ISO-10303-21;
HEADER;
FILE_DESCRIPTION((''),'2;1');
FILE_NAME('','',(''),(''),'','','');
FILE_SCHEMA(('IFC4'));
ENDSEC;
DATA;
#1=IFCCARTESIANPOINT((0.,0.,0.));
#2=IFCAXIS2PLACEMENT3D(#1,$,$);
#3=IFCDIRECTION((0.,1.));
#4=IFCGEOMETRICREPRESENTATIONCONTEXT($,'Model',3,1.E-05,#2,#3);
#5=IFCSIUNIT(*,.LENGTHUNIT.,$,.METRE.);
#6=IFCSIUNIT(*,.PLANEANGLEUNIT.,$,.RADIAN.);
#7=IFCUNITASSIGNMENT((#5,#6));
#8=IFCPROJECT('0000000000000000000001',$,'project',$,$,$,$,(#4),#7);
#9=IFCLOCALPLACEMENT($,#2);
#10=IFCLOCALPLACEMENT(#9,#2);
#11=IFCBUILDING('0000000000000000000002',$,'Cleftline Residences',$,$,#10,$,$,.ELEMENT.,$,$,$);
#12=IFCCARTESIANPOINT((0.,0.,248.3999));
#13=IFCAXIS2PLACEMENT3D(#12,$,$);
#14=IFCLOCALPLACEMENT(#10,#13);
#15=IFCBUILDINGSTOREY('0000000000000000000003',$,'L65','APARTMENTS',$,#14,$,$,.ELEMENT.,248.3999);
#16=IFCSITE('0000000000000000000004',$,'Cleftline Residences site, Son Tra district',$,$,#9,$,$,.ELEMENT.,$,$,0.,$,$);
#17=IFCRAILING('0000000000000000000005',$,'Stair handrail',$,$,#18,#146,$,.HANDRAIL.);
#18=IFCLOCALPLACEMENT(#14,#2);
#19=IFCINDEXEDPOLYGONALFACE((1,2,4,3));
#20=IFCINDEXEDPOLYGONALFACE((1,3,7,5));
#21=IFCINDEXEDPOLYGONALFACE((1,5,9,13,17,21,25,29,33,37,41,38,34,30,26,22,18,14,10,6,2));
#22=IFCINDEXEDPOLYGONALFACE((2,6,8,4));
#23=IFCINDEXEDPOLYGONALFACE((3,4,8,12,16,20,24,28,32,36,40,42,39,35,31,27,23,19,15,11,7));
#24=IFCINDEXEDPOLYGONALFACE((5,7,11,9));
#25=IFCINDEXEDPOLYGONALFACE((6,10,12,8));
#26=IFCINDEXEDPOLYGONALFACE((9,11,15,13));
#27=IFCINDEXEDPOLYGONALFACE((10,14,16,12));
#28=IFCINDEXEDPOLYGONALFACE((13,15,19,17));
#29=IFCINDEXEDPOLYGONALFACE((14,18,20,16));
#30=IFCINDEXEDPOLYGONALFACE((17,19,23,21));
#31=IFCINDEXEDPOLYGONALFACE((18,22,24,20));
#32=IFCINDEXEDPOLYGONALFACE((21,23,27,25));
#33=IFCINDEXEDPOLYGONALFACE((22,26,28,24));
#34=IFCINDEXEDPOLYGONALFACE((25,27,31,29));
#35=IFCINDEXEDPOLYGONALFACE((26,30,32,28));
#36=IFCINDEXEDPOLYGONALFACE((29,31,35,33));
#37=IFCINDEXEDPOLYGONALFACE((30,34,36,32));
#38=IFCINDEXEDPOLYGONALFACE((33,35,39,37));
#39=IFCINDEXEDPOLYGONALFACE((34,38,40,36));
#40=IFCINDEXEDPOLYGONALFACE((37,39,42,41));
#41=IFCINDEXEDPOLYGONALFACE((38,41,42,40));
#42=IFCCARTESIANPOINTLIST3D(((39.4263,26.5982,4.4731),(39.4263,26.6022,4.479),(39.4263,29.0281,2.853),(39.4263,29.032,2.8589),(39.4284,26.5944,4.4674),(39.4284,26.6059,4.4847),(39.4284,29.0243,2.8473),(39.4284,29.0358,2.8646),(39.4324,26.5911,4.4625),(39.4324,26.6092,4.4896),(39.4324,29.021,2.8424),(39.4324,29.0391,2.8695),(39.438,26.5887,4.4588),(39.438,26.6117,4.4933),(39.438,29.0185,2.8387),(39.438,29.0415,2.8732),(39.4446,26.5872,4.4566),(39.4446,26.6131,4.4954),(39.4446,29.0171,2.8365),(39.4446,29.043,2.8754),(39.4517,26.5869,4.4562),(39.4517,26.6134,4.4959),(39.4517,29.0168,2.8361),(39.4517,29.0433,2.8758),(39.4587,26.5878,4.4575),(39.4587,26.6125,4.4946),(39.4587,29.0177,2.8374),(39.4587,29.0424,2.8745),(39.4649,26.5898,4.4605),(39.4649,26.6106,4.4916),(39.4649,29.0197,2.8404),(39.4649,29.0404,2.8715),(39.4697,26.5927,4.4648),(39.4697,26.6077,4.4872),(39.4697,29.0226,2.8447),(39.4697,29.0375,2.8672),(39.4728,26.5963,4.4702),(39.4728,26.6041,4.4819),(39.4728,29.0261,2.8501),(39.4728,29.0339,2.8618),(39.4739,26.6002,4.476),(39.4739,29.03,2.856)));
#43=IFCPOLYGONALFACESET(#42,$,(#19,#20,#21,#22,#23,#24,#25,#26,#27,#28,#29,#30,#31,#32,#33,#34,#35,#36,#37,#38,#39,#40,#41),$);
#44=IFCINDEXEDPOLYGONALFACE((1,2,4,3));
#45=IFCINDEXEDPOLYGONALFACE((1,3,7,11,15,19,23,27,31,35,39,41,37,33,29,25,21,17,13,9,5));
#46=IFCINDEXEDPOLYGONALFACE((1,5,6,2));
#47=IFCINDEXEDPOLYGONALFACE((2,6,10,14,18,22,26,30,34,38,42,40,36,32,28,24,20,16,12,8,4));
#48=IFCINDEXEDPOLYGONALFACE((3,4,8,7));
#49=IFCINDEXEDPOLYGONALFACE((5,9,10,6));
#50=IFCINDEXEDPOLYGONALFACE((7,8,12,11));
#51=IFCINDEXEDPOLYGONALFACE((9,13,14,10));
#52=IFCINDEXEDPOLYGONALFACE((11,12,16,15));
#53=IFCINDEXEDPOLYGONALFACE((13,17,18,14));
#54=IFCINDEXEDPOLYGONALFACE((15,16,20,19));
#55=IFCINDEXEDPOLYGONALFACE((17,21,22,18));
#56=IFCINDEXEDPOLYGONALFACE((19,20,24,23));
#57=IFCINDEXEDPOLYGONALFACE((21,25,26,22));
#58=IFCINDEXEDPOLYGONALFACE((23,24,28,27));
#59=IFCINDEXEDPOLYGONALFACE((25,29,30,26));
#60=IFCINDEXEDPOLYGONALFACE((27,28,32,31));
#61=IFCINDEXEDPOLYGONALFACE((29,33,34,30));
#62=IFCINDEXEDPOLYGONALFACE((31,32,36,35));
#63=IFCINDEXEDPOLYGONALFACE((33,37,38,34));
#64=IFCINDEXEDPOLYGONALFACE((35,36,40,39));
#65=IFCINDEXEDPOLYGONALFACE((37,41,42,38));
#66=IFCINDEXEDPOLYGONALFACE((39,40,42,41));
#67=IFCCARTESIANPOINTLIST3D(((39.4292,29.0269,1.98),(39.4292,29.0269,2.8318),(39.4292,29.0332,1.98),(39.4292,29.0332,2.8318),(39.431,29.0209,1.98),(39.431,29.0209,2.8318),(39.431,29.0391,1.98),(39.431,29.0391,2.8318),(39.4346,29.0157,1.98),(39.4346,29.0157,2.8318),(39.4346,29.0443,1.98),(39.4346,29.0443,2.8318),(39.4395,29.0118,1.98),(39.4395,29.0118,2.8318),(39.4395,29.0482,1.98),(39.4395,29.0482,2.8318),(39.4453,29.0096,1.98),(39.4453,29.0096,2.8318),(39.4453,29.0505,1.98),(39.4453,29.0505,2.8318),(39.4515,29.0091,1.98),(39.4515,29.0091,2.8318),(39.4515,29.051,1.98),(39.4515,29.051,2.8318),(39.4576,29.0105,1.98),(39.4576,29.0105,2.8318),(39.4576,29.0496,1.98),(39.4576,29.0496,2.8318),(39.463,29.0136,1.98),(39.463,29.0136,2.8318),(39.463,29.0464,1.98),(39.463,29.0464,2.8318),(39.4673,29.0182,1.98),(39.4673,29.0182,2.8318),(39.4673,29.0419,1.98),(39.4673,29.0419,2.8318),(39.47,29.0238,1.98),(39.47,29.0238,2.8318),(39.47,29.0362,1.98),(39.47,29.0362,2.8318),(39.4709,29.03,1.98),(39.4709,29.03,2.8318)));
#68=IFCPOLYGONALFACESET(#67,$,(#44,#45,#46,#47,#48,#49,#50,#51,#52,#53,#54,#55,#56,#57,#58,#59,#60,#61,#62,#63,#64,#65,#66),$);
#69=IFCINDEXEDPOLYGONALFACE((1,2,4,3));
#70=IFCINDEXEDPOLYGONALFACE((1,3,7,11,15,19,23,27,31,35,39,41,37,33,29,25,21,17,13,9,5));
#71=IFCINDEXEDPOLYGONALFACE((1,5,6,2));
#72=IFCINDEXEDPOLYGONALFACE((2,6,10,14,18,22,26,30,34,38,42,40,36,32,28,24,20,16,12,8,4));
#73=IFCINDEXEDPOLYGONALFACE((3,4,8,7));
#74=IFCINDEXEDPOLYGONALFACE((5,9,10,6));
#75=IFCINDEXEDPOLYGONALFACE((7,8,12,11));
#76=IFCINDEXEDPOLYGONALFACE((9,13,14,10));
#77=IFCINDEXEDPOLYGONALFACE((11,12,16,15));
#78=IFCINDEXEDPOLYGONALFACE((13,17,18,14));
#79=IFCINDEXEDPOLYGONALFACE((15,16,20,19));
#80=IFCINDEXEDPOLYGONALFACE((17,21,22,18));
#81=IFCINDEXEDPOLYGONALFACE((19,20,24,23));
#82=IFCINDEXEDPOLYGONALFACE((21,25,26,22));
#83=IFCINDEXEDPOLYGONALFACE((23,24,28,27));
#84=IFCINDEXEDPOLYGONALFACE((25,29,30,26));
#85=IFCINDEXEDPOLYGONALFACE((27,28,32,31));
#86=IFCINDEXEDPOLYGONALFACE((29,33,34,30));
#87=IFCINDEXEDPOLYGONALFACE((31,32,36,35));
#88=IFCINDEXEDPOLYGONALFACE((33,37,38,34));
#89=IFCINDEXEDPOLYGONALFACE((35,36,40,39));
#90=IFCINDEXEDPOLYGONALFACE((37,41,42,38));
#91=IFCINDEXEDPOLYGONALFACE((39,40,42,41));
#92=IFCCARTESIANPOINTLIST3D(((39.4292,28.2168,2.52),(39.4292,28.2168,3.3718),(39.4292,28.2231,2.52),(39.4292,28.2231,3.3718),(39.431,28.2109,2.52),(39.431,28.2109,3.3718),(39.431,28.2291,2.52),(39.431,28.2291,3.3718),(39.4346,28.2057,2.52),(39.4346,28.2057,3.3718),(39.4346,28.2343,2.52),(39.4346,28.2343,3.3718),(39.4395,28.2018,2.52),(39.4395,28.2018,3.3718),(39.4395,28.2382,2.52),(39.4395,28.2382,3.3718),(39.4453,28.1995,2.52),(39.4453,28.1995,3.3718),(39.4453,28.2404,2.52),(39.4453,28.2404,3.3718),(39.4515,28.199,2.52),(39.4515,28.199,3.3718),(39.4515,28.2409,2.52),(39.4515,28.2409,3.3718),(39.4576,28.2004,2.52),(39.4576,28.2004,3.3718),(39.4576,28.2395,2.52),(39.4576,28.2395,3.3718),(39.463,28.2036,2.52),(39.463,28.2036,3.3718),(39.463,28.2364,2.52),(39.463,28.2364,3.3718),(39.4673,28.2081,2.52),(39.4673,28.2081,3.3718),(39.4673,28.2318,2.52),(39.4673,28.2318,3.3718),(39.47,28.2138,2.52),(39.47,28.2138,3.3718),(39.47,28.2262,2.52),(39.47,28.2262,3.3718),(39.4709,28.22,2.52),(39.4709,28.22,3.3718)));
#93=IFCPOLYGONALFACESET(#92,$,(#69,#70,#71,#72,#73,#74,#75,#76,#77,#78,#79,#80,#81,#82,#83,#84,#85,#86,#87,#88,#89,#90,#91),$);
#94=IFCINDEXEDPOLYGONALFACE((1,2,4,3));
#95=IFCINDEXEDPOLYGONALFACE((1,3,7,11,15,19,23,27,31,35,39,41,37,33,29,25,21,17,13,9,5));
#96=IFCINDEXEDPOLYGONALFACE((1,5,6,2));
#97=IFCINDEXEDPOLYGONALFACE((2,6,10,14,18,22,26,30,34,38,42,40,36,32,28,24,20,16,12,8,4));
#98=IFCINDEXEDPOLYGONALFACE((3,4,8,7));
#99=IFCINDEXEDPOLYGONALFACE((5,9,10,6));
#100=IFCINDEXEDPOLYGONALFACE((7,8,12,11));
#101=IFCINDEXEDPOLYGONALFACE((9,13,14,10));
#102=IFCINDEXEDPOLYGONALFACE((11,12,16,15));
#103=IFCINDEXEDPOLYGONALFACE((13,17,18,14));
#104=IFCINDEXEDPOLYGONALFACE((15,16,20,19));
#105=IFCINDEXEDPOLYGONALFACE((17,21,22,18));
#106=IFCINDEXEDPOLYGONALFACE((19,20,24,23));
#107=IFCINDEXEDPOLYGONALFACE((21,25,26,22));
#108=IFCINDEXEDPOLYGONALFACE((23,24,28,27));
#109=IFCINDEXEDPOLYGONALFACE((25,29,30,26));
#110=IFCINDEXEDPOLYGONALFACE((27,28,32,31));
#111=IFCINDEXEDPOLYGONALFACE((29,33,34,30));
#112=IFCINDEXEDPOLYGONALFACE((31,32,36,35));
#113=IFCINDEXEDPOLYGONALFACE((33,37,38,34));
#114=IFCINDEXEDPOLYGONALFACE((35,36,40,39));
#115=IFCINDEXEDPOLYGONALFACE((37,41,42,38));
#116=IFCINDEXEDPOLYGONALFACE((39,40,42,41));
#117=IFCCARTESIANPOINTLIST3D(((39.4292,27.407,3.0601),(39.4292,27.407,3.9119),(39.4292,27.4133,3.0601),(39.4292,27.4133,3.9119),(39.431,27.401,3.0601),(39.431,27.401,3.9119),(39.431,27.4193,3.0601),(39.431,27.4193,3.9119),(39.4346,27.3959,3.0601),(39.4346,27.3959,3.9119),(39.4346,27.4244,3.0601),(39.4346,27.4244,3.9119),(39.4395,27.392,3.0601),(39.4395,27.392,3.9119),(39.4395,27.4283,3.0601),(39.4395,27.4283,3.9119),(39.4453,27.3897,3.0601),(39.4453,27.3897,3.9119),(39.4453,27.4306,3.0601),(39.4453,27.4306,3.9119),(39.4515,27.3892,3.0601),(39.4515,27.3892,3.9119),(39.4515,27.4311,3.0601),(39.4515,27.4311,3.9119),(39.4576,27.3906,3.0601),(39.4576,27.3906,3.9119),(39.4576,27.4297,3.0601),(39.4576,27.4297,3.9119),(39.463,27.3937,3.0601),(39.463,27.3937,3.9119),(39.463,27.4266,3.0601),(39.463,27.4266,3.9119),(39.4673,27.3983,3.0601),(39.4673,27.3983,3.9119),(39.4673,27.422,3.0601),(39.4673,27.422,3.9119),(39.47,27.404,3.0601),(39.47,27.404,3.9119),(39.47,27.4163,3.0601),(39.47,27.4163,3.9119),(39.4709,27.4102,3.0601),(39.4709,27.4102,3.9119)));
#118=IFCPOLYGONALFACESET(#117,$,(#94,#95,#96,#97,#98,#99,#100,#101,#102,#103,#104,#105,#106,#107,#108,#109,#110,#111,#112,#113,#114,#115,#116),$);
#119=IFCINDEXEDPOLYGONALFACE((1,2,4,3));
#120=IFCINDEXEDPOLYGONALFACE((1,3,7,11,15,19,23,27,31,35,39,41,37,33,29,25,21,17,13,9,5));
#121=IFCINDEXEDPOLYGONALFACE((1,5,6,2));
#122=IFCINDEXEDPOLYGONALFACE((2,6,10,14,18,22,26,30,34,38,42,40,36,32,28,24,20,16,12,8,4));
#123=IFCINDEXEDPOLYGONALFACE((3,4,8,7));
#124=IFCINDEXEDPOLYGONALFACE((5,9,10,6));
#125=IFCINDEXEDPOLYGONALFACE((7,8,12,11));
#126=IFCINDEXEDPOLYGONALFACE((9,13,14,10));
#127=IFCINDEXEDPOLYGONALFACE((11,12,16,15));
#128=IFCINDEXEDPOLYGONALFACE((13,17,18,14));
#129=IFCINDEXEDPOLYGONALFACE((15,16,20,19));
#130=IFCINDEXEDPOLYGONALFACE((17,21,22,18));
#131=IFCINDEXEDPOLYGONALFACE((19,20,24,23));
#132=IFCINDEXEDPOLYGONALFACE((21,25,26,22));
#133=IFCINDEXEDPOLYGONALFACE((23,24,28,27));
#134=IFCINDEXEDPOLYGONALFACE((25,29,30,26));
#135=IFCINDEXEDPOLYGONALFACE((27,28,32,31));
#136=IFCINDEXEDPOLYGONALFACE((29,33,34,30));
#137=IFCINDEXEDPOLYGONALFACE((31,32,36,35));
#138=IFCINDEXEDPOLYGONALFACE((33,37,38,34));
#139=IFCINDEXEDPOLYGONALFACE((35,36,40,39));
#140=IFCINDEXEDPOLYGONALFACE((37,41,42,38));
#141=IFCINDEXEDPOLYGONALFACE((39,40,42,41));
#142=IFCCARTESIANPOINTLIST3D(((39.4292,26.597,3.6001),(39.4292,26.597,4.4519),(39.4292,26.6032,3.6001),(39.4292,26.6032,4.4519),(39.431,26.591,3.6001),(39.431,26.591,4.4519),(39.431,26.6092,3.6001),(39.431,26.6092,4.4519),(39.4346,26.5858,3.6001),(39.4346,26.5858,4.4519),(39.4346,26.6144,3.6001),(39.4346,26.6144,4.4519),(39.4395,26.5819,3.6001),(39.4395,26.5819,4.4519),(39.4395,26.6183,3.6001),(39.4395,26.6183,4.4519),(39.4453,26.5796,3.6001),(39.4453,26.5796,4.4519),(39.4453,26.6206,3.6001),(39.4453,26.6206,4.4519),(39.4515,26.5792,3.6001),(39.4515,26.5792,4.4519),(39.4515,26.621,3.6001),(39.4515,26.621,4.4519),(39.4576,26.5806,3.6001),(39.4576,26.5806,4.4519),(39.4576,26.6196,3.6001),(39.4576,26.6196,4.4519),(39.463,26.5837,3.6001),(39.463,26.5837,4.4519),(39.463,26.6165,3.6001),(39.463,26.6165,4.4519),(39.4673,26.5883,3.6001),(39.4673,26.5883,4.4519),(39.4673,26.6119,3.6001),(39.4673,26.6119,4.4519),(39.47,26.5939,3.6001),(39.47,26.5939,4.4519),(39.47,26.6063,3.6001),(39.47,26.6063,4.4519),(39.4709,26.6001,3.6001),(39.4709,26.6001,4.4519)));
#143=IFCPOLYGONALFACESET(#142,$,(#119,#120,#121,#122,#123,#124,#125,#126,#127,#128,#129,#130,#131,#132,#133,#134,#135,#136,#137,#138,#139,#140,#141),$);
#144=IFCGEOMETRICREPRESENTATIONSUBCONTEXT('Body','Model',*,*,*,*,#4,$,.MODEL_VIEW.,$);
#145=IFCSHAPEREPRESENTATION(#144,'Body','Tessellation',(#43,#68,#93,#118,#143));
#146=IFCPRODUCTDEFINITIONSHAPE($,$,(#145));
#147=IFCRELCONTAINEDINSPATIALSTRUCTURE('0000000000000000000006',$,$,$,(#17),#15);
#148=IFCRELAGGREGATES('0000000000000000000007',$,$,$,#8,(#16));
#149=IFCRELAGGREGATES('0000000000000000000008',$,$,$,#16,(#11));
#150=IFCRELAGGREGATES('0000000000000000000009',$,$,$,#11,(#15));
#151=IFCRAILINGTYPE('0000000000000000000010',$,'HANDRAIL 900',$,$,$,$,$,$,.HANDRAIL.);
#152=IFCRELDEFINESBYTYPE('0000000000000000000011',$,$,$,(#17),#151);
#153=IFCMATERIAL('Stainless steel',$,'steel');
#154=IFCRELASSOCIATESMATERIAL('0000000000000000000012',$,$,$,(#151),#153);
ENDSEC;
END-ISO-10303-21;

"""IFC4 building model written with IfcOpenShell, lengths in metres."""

from ifc_helpers import new_model, si_unit, direction, frame, origin, origin_2d, place, context, subcontext, project, spatial, circle, extrude, material, type_object, element, save


model = new_model("IFC4")

# Units and contexts
model_context = context("Model", 3, precision=1e-05, world=origin(), true_north=direction((0.0, 1.0)))
body_context = subcontext(model_context, "Body", "Model", "MODEL_VIEW")
ifc_project = project(units=[si_unit("LENGTHUNIT", "METRE"), si_unit("PLANEANGLEUNIT", "RADIAN")], contexts=[model_context])

# Site, building, storey
site_placement = place(None, origin())
site = spatial("IfcSite", under=ifc_project, at=site_placement, Name="Cleftline Residences site, Son Tra district", CompositionType="ELEMENT", RefElevation=0.0)
building_placement = place(site_placement, origin())
building = spatial("IfcBuilding", under=site, at=building_placement, Name="Cleftline Residences", CompositionType="ELEMENT")
storey_placement = place(building_placement, frame((0.0, 0.0, 248.3999)))
storey = spatial("IfcBuildingStorey", under=building, at=storey_placement, Name="L65", Description="APARTMENTS", CompositionType="ELEMENT", Elevation=248.3999)

# Railing
ifc_material_1 = material(Name="Stainless steel", Category="steel")
railing_type = type_object("IfcRailingType", Name="HANDRAIL 900", PredefinedType="HANDRAIL", material=ifc_material_1)
railing_1_placement = place(storey_placement, frame((39.45, 29.03, 1.98)))
element("IfcRailing", 1, at=railing_1_placement, inside=storey, type_object=railing_type, Name="Stair handrail", PredefinedType="HANDRAIL", context=body_context, shape_type="SweptSolid", body=[
    extrude(circle(Radius=0.0239, at=origin_2d()), frame((0.0, 0.0, 0.876), z_axis=(0.0, -0.832025, 0.554739), x_axis=(1.0, 0.0, 0.0)), (0.0, 0.0, 1.0), 2.9204),
    extrude(circle(Radius=0.021, at=origin_2d()), origin(), (0.0, 0.0, 1.0), 0.8518),
    extrude(circle(Radius=0.021, at=origin_2d()), frame((0.0, -0.8101, 0.54)), (0.0, 0.0, 1.0), 0.8518),
    extrude(circle(Radius=0.021, at=origin_2d()), frame((0.0, -1.6199, 1.0801)), (0.0, 0.0, 1.0), 0.8518),
    extrude(circle(Radius=0.021, at=origin_2d()), frame((0.0, -2.4299, 1.6201)), (0.0, 0.0, 1.0), 0.8518),
])

save(model, "model.ifc")
